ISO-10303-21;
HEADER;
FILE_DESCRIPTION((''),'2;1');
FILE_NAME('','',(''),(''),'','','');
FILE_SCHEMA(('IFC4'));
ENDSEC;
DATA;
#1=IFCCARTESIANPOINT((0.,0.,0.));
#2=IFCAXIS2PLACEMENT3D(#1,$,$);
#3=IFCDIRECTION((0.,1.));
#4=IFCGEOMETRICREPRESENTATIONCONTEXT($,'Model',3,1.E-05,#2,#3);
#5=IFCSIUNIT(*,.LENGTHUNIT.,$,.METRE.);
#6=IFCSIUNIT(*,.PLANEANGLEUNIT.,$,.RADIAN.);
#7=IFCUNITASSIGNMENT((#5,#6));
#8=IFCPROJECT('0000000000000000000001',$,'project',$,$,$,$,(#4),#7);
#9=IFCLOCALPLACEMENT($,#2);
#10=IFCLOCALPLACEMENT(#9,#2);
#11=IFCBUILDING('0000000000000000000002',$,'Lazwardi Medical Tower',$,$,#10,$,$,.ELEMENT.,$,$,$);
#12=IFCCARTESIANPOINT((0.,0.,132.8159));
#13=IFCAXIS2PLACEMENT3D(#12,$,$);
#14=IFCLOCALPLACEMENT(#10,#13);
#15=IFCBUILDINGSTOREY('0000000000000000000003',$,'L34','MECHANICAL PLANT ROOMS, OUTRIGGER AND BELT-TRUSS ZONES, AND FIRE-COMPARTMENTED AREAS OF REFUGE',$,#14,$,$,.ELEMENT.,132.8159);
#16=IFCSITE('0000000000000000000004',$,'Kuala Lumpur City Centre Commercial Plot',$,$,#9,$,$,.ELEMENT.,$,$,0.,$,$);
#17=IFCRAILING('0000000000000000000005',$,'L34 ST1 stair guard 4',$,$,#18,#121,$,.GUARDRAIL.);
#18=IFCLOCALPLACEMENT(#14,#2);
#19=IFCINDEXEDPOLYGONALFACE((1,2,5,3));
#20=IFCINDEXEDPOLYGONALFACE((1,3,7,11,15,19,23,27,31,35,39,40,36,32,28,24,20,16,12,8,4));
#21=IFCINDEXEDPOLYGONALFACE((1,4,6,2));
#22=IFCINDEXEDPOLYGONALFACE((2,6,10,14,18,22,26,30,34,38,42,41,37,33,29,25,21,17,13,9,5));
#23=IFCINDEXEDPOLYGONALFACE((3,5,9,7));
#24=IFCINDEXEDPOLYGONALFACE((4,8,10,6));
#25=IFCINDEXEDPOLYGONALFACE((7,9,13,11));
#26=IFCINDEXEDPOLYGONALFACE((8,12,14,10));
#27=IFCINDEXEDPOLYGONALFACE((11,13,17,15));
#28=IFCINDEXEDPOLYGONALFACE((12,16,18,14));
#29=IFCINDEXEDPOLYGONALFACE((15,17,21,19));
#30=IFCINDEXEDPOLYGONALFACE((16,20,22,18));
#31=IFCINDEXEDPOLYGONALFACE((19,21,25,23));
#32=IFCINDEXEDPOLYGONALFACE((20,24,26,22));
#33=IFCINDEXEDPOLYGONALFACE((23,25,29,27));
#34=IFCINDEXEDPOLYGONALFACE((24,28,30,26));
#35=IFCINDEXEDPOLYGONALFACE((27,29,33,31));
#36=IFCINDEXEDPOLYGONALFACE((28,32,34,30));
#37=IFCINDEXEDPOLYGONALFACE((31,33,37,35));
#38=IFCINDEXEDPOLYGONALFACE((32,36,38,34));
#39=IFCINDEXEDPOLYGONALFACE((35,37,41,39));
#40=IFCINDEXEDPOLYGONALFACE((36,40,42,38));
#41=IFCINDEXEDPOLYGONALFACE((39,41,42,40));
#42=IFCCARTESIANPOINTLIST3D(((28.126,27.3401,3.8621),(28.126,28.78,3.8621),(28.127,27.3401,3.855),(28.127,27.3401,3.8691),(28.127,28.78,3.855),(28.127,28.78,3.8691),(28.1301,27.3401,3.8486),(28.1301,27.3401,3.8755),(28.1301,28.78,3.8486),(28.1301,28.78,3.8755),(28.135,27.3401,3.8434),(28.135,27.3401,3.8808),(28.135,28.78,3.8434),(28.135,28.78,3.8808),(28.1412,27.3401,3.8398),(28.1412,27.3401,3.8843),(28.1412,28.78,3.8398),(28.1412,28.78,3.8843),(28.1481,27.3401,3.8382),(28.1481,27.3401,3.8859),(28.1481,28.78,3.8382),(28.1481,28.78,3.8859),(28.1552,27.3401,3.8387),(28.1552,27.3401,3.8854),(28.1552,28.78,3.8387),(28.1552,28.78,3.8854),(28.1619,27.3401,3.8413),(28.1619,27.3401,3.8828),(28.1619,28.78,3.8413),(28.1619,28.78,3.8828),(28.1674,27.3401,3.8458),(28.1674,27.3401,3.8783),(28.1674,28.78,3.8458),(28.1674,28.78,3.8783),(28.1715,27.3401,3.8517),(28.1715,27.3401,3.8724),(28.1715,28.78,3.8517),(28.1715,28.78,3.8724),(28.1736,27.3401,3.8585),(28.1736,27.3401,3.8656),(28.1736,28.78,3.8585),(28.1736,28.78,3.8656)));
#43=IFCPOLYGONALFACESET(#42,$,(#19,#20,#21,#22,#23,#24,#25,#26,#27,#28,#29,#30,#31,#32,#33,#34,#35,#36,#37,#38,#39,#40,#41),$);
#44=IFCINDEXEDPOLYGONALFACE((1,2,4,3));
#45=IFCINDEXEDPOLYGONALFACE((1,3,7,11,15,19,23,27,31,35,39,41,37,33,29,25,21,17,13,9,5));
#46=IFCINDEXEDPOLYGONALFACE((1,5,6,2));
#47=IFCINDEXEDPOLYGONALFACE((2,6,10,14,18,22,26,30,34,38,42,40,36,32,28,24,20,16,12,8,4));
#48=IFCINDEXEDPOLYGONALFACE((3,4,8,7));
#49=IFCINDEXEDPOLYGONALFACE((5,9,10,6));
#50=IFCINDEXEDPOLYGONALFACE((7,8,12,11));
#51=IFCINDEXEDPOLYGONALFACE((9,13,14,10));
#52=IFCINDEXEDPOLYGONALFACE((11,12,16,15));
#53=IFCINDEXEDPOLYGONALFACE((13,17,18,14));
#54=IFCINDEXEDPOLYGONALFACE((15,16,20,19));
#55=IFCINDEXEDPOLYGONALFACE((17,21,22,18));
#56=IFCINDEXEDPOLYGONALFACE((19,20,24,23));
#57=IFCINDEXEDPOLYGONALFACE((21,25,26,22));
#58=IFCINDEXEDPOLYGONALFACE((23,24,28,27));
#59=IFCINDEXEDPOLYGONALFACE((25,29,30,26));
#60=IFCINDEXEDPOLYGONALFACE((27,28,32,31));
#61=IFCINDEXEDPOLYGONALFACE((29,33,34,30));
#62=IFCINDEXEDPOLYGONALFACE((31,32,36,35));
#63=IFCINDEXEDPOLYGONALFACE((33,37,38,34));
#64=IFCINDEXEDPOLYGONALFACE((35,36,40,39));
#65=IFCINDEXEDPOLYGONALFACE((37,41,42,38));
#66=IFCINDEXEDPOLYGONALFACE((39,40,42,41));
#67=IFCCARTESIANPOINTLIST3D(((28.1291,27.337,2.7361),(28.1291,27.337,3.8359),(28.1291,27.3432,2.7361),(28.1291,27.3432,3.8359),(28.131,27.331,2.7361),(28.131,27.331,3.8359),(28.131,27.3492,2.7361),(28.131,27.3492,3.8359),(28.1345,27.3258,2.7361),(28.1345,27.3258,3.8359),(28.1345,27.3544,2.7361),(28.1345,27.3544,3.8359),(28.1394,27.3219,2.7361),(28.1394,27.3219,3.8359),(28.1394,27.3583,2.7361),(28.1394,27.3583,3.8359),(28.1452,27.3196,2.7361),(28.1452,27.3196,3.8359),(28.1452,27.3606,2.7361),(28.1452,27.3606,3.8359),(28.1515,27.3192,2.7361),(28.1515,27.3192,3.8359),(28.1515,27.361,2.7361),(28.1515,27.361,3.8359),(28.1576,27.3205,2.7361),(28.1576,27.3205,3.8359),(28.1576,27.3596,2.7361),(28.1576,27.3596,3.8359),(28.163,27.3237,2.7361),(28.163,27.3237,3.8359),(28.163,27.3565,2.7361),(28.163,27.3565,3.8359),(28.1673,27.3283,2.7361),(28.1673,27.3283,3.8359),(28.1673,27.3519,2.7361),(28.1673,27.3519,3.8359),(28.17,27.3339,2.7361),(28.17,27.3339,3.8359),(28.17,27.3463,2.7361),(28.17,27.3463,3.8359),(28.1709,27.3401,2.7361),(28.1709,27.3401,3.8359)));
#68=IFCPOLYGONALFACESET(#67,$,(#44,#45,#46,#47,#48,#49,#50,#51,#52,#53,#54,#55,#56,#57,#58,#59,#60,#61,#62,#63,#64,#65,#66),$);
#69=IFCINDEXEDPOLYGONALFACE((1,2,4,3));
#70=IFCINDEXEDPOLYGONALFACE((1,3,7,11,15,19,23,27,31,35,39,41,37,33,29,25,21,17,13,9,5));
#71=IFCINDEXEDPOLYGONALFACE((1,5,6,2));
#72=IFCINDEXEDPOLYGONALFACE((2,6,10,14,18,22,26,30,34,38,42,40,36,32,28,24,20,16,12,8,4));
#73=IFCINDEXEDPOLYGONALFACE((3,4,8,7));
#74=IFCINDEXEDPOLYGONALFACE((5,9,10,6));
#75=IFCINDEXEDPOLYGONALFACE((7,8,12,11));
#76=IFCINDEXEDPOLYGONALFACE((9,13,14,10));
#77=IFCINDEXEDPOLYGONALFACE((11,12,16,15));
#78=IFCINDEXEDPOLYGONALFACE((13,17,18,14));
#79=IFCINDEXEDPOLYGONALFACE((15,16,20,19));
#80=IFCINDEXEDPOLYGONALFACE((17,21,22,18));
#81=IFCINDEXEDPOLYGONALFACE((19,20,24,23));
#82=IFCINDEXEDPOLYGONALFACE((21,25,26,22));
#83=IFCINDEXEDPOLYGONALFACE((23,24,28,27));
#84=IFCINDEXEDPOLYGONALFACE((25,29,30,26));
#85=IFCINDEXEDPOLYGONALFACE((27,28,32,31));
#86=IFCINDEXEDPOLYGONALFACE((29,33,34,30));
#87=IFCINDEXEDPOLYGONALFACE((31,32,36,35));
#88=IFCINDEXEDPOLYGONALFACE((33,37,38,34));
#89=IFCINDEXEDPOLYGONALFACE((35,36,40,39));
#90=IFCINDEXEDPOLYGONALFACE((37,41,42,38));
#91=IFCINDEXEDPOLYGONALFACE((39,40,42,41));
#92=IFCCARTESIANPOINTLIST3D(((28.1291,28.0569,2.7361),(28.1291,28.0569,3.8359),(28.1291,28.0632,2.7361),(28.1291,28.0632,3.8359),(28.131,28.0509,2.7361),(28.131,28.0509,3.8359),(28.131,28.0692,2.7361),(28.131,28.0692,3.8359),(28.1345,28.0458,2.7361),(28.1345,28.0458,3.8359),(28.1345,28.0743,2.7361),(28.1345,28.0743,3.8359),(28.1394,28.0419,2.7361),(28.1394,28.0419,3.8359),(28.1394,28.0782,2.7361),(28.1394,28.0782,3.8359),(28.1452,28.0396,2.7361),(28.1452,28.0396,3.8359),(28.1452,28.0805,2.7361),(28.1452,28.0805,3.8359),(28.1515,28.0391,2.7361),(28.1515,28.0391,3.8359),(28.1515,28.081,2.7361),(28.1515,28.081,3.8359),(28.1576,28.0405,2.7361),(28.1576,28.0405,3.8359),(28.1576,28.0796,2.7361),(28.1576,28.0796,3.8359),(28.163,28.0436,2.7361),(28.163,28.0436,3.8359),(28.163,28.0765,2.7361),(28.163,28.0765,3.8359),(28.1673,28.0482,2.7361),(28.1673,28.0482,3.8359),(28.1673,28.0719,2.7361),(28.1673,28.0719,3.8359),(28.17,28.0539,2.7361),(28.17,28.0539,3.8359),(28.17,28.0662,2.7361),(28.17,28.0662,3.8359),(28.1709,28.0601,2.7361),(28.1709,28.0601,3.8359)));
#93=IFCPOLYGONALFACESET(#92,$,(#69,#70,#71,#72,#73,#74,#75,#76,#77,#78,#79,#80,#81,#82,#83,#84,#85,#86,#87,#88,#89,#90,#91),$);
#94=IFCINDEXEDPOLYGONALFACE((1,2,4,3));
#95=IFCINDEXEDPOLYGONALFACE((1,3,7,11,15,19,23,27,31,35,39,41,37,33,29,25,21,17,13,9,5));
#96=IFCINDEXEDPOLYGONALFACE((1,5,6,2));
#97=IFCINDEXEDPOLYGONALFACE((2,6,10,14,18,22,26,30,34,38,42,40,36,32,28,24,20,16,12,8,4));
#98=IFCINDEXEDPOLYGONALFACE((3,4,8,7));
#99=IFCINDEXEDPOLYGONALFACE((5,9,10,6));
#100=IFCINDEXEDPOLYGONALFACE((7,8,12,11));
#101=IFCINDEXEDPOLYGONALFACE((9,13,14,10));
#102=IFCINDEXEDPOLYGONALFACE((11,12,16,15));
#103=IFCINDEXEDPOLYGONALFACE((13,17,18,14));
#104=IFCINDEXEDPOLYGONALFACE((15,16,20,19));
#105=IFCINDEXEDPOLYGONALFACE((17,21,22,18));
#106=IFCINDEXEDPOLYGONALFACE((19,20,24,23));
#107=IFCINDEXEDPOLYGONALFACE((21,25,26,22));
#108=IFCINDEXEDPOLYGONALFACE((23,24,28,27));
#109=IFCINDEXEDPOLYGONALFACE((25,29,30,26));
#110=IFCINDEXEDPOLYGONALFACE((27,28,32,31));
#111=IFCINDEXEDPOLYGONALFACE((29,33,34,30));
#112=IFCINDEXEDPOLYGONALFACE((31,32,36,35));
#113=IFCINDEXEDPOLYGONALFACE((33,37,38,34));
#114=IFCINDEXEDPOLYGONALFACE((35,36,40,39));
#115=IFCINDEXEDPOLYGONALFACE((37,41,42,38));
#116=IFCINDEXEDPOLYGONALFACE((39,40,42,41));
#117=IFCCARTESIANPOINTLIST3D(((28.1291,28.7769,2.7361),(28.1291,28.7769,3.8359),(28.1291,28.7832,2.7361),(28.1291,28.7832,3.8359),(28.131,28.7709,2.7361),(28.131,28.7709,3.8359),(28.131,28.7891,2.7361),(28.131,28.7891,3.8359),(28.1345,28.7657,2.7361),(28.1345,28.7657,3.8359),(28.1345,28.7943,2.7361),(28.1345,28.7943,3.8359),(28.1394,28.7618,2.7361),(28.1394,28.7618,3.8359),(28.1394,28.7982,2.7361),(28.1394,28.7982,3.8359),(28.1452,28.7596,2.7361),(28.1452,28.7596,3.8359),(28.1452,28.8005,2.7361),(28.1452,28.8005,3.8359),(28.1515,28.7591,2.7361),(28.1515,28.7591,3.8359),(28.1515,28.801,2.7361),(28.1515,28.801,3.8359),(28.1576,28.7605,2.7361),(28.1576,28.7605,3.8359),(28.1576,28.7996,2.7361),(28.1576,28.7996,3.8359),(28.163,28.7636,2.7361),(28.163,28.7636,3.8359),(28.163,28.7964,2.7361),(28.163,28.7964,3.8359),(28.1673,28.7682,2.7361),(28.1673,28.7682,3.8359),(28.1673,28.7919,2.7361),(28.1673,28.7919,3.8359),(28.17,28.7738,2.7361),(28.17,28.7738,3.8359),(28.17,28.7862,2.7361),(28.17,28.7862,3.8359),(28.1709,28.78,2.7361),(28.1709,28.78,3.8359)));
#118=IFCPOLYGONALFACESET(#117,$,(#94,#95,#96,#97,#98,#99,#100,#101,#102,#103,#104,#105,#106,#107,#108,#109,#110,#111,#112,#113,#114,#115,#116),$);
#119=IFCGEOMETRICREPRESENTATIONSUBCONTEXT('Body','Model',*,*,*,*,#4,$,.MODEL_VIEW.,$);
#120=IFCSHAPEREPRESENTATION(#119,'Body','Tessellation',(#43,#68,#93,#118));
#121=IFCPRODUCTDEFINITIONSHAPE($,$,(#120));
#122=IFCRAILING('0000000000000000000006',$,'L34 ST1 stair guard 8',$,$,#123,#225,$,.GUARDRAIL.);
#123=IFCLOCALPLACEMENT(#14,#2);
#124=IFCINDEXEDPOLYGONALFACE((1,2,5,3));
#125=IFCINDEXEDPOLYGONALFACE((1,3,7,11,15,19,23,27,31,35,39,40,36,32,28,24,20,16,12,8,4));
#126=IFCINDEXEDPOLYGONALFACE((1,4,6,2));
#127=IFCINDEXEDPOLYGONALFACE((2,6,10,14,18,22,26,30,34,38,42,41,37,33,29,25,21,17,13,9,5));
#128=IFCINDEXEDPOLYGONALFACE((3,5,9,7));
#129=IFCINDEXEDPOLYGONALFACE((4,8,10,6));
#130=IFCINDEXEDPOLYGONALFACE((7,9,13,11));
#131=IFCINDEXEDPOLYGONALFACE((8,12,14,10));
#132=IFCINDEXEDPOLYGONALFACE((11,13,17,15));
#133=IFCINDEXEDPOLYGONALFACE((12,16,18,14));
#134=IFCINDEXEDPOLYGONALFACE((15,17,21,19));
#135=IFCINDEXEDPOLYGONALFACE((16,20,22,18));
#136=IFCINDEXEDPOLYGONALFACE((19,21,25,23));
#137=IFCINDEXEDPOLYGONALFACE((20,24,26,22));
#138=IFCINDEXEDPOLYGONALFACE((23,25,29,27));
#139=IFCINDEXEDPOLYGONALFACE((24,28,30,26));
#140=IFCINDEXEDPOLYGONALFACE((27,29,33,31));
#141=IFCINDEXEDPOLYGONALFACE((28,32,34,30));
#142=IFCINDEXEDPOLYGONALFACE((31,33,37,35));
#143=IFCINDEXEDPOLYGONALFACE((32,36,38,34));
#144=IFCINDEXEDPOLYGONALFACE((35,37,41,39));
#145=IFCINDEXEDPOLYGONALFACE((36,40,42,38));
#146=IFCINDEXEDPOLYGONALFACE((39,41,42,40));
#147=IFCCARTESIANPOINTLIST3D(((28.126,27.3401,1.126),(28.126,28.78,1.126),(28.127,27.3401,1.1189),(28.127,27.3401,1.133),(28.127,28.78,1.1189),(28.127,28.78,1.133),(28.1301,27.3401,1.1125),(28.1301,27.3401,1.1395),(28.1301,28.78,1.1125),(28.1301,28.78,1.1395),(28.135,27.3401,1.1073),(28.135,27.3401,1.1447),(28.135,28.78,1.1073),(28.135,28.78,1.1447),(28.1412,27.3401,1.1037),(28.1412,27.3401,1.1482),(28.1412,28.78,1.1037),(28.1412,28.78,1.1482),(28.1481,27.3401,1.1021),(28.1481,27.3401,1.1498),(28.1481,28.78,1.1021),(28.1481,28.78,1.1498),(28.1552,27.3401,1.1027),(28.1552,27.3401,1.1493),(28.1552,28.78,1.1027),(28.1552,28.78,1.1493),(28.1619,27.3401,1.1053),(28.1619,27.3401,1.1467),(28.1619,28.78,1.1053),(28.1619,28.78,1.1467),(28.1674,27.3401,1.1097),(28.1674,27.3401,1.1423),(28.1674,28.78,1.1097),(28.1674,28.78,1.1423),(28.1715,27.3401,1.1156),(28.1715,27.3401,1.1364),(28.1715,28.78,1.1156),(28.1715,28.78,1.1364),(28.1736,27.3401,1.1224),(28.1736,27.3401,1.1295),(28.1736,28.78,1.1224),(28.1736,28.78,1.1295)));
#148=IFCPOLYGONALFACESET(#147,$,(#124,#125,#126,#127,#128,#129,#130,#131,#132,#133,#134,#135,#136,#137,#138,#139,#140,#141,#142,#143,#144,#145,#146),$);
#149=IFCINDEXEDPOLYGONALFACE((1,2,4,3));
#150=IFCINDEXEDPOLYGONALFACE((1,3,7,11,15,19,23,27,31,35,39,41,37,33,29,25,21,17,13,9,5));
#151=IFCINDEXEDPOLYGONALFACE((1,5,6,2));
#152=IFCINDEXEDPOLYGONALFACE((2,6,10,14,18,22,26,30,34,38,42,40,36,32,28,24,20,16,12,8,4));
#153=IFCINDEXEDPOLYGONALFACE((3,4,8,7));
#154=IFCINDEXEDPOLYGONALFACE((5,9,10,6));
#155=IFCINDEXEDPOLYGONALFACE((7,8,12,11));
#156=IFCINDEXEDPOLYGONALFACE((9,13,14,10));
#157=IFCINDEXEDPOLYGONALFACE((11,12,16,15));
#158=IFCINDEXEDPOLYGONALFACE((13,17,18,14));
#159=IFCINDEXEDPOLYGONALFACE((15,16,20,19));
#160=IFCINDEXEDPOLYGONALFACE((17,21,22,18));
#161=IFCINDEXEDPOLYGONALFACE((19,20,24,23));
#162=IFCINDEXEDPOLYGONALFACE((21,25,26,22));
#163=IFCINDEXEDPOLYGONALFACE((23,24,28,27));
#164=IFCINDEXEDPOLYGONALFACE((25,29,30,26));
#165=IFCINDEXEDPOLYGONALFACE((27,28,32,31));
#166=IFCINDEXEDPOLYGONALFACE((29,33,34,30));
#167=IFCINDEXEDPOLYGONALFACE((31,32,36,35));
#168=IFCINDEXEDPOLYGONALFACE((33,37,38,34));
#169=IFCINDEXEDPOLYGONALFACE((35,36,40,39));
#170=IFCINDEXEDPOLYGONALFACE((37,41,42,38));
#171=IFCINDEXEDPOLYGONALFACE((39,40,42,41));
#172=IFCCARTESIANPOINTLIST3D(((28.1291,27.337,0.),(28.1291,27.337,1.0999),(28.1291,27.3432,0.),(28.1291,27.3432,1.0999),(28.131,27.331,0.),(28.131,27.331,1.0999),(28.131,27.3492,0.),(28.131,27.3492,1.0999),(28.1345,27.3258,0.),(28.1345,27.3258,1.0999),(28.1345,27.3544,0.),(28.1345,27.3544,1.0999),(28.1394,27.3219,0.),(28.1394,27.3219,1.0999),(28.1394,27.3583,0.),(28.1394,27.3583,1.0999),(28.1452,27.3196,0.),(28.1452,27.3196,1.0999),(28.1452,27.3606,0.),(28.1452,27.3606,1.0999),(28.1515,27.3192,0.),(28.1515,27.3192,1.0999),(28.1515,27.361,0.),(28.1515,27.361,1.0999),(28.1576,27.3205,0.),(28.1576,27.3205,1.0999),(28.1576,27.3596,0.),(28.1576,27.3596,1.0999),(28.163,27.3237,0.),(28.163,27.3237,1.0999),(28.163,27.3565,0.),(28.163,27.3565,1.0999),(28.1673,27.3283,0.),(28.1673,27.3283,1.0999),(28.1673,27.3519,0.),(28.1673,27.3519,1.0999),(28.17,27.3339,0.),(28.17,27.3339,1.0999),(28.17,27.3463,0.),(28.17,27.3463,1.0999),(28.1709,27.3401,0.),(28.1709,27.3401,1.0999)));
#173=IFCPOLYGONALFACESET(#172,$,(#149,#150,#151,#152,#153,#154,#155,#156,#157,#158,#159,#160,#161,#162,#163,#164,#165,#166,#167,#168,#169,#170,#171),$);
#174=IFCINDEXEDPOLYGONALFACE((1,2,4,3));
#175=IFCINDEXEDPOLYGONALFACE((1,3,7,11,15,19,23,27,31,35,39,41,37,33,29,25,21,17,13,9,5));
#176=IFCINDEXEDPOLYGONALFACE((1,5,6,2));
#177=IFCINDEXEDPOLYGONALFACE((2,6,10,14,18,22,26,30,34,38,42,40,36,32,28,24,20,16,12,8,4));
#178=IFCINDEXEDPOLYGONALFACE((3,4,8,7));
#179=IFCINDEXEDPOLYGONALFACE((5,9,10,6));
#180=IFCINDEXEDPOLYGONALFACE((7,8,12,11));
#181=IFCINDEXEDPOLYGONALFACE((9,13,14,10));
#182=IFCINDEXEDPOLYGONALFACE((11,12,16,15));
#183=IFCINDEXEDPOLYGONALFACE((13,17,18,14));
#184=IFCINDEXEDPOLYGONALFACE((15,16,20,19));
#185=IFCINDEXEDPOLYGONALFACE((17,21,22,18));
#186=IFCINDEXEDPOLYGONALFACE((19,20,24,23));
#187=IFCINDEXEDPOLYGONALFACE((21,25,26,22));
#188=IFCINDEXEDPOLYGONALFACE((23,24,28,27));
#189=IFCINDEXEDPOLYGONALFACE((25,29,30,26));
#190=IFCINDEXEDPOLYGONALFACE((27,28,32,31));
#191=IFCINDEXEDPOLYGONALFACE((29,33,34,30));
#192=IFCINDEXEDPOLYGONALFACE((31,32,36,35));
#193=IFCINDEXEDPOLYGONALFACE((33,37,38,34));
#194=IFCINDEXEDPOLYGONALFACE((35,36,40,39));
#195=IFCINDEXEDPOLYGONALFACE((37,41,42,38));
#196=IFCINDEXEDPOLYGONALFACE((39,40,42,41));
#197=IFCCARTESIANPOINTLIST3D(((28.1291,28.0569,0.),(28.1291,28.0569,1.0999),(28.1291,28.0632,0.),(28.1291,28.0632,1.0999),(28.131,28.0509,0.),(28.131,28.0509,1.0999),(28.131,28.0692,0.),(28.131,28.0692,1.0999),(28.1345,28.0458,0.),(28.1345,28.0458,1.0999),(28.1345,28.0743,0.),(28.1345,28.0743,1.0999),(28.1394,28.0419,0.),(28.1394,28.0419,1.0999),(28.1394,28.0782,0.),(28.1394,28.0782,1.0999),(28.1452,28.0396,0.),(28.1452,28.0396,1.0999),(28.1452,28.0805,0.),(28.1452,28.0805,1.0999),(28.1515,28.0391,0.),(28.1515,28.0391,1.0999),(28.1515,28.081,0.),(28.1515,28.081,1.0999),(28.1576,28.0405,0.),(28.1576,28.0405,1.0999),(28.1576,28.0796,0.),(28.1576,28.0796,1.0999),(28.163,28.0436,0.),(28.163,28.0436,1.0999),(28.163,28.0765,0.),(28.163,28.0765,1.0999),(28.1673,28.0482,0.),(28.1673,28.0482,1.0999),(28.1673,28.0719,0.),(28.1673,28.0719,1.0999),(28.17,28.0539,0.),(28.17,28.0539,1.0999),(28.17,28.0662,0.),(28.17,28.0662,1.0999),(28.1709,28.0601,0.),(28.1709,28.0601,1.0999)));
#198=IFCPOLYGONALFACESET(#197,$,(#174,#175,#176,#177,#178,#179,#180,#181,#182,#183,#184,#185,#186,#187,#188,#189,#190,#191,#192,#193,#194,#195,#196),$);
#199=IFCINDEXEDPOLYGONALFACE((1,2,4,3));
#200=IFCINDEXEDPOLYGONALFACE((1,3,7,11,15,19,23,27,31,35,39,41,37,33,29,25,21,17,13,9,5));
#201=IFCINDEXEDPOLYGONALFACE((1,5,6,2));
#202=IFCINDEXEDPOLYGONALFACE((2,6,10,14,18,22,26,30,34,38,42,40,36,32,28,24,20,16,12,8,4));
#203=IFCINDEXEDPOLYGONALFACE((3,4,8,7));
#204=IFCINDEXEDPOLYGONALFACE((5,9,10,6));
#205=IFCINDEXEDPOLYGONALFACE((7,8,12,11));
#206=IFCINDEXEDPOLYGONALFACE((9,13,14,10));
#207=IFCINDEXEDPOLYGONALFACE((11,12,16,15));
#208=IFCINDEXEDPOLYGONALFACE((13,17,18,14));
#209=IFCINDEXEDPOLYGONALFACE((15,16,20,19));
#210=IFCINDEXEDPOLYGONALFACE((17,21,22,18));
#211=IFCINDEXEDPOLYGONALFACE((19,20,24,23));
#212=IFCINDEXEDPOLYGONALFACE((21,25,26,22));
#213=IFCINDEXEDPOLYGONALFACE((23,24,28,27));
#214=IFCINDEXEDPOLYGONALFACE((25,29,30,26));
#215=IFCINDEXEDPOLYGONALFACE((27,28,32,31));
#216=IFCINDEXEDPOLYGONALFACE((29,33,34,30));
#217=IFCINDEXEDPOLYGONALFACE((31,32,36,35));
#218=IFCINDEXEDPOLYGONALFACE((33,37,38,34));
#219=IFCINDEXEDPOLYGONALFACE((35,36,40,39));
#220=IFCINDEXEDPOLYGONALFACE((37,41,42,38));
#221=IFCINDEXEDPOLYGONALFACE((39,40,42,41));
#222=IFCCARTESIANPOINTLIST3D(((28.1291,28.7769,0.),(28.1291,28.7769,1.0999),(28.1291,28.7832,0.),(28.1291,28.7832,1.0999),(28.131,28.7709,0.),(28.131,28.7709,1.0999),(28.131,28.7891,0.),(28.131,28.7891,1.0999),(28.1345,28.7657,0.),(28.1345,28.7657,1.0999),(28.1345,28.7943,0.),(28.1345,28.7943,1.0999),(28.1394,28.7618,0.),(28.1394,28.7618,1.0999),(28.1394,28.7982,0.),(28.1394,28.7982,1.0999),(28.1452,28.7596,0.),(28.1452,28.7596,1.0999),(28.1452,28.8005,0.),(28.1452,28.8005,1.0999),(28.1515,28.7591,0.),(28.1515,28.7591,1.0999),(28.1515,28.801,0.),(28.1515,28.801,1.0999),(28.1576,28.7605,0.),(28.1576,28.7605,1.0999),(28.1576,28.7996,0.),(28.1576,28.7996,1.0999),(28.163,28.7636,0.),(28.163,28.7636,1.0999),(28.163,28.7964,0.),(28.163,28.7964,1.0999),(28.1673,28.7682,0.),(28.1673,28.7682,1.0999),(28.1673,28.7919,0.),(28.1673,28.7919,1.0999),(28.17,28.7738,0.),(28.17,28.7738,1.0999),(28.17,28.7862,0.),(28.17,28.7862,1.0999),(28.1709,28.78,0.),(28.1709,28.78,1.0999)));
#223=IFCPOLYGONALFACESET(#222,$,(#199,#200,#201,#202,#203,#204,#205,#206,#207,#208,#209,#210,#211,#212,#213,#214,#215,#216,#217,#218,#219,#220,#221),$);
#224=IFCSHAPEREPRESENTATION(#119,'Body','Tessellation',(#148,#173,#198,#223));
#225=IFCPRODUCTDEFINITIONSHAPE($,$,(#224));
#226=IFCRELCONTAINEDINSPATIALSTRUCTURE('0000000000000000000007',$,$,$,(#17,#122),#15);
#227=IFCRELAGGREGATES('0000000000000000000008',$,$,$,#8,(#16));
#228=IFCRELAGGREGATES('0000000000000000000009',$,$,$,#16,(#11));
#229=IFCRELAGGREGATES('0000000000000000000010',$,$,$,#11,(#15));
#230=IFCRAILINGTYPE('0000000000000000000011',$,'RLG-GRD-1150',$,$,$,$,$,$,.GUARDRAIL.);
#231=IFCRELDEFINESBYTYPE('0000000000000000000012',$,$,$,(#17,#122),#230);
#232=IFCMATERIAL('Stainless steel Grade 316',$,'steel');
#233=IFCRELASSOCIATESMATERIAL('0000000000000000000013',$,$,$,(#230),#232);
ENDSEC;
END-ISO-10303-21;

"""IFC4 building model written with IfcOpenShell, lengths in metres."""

from ifc_helpers import new_model, si_unit, direction, frame, origin, origin_2d, place, context, subcontext, project, spatial, circle, extrude, material, type_object, element, save


model = new_model("IFC4")

# Units and contexts
model_context = context("Model", 3, precision=1e-05, world=origin(), true_north=direction((0.0, 1.0)))
body_context = subcontext(model_context, "Body", "Model", "MODEL_VIEW")
ifc_project = project(units=[si_unit("LENGTHUNIT", "METRE"), si_unit("PLANEANGLEUNIT", "RADIAN")], contexts=[model_context])

# Site, building, storey
site_placement = place(None, origin())
site = spatial("IfcSite", under=ifc_project, at=site_placement, Name="Kuala Lumpur City Centre Commercial Plot", CompositionType="ELEMENT", RefElevation=0.0)
building_placement = place(site_placement, origin())
building = spatial("IfcBuilding", under=site, at=building_placement, Name="Lazwardi Medical Tower", CompositionType="ELEMENT")
storey_placement = place(building_placement, frame((0.0, 0.0, 132.8159)))
storey = spatial("IfcBuildingStorey", under=building, at=storey_placement, Name="L34", Description="MECHANICAL PLANT ROOMS, OUTRIGGER AND BELT-TRUSS ZONES, AND FIRE-COMPARTMENTED AREAS OF REFUGE", CompositionType="ELEMENT", Elevation=132.8159)

# Railings
ifc_material_1 = material(Name="Stainless steel Grade 316", Category="steel")
railing_type = type_object("IfcRailingType", Name="RLG-GRD-1150", PredefinedType="GUARDRAIL", material=ifc_material_1)
for number, where, name in (
    (1, (28.1499, 27.3401, 2.7361), "L34 ST1 stair guard 4"),
    (2, (28.1499, 27.3401, 0.0), "L34 ST1 stair guard 8"),
):
    element("IfcRailing", number, at=place(storey_placement, frame(where)), inside=storey, type_object=railing_type, Name=name, PredefinedType="GUARDRAIL", context=body_context, shape_type="SweptSolid", body=[
        extrude(circle(Radius=0.0239, at=origin_2d()), frame((0.0, 0.0, 1.126), z_axis=(0.0, 1.0, 0.0), x_axis=(-1.0, 0.0, 0.0)), (0.0, 0.0, 1.0), 1.4399),
        extrude(circle(Radius=0.021, at=origin_2d()), origin(), (0.0, 0.0, 1.0), 1.0999),
        extrude(circle(Radius=0.021, at=origin_2d()), frame((0.0, 0.72, 0.0)), (0.0, 0.0, 1.0), 1.0999),
        extrude(circle(Radius=0.021, at=origin_2d()), frame((0.0, 1.4399, 0.0)), (0.0, 0.0, 1.0), 1.0999),
    ])

save(model, "model.ifc")
